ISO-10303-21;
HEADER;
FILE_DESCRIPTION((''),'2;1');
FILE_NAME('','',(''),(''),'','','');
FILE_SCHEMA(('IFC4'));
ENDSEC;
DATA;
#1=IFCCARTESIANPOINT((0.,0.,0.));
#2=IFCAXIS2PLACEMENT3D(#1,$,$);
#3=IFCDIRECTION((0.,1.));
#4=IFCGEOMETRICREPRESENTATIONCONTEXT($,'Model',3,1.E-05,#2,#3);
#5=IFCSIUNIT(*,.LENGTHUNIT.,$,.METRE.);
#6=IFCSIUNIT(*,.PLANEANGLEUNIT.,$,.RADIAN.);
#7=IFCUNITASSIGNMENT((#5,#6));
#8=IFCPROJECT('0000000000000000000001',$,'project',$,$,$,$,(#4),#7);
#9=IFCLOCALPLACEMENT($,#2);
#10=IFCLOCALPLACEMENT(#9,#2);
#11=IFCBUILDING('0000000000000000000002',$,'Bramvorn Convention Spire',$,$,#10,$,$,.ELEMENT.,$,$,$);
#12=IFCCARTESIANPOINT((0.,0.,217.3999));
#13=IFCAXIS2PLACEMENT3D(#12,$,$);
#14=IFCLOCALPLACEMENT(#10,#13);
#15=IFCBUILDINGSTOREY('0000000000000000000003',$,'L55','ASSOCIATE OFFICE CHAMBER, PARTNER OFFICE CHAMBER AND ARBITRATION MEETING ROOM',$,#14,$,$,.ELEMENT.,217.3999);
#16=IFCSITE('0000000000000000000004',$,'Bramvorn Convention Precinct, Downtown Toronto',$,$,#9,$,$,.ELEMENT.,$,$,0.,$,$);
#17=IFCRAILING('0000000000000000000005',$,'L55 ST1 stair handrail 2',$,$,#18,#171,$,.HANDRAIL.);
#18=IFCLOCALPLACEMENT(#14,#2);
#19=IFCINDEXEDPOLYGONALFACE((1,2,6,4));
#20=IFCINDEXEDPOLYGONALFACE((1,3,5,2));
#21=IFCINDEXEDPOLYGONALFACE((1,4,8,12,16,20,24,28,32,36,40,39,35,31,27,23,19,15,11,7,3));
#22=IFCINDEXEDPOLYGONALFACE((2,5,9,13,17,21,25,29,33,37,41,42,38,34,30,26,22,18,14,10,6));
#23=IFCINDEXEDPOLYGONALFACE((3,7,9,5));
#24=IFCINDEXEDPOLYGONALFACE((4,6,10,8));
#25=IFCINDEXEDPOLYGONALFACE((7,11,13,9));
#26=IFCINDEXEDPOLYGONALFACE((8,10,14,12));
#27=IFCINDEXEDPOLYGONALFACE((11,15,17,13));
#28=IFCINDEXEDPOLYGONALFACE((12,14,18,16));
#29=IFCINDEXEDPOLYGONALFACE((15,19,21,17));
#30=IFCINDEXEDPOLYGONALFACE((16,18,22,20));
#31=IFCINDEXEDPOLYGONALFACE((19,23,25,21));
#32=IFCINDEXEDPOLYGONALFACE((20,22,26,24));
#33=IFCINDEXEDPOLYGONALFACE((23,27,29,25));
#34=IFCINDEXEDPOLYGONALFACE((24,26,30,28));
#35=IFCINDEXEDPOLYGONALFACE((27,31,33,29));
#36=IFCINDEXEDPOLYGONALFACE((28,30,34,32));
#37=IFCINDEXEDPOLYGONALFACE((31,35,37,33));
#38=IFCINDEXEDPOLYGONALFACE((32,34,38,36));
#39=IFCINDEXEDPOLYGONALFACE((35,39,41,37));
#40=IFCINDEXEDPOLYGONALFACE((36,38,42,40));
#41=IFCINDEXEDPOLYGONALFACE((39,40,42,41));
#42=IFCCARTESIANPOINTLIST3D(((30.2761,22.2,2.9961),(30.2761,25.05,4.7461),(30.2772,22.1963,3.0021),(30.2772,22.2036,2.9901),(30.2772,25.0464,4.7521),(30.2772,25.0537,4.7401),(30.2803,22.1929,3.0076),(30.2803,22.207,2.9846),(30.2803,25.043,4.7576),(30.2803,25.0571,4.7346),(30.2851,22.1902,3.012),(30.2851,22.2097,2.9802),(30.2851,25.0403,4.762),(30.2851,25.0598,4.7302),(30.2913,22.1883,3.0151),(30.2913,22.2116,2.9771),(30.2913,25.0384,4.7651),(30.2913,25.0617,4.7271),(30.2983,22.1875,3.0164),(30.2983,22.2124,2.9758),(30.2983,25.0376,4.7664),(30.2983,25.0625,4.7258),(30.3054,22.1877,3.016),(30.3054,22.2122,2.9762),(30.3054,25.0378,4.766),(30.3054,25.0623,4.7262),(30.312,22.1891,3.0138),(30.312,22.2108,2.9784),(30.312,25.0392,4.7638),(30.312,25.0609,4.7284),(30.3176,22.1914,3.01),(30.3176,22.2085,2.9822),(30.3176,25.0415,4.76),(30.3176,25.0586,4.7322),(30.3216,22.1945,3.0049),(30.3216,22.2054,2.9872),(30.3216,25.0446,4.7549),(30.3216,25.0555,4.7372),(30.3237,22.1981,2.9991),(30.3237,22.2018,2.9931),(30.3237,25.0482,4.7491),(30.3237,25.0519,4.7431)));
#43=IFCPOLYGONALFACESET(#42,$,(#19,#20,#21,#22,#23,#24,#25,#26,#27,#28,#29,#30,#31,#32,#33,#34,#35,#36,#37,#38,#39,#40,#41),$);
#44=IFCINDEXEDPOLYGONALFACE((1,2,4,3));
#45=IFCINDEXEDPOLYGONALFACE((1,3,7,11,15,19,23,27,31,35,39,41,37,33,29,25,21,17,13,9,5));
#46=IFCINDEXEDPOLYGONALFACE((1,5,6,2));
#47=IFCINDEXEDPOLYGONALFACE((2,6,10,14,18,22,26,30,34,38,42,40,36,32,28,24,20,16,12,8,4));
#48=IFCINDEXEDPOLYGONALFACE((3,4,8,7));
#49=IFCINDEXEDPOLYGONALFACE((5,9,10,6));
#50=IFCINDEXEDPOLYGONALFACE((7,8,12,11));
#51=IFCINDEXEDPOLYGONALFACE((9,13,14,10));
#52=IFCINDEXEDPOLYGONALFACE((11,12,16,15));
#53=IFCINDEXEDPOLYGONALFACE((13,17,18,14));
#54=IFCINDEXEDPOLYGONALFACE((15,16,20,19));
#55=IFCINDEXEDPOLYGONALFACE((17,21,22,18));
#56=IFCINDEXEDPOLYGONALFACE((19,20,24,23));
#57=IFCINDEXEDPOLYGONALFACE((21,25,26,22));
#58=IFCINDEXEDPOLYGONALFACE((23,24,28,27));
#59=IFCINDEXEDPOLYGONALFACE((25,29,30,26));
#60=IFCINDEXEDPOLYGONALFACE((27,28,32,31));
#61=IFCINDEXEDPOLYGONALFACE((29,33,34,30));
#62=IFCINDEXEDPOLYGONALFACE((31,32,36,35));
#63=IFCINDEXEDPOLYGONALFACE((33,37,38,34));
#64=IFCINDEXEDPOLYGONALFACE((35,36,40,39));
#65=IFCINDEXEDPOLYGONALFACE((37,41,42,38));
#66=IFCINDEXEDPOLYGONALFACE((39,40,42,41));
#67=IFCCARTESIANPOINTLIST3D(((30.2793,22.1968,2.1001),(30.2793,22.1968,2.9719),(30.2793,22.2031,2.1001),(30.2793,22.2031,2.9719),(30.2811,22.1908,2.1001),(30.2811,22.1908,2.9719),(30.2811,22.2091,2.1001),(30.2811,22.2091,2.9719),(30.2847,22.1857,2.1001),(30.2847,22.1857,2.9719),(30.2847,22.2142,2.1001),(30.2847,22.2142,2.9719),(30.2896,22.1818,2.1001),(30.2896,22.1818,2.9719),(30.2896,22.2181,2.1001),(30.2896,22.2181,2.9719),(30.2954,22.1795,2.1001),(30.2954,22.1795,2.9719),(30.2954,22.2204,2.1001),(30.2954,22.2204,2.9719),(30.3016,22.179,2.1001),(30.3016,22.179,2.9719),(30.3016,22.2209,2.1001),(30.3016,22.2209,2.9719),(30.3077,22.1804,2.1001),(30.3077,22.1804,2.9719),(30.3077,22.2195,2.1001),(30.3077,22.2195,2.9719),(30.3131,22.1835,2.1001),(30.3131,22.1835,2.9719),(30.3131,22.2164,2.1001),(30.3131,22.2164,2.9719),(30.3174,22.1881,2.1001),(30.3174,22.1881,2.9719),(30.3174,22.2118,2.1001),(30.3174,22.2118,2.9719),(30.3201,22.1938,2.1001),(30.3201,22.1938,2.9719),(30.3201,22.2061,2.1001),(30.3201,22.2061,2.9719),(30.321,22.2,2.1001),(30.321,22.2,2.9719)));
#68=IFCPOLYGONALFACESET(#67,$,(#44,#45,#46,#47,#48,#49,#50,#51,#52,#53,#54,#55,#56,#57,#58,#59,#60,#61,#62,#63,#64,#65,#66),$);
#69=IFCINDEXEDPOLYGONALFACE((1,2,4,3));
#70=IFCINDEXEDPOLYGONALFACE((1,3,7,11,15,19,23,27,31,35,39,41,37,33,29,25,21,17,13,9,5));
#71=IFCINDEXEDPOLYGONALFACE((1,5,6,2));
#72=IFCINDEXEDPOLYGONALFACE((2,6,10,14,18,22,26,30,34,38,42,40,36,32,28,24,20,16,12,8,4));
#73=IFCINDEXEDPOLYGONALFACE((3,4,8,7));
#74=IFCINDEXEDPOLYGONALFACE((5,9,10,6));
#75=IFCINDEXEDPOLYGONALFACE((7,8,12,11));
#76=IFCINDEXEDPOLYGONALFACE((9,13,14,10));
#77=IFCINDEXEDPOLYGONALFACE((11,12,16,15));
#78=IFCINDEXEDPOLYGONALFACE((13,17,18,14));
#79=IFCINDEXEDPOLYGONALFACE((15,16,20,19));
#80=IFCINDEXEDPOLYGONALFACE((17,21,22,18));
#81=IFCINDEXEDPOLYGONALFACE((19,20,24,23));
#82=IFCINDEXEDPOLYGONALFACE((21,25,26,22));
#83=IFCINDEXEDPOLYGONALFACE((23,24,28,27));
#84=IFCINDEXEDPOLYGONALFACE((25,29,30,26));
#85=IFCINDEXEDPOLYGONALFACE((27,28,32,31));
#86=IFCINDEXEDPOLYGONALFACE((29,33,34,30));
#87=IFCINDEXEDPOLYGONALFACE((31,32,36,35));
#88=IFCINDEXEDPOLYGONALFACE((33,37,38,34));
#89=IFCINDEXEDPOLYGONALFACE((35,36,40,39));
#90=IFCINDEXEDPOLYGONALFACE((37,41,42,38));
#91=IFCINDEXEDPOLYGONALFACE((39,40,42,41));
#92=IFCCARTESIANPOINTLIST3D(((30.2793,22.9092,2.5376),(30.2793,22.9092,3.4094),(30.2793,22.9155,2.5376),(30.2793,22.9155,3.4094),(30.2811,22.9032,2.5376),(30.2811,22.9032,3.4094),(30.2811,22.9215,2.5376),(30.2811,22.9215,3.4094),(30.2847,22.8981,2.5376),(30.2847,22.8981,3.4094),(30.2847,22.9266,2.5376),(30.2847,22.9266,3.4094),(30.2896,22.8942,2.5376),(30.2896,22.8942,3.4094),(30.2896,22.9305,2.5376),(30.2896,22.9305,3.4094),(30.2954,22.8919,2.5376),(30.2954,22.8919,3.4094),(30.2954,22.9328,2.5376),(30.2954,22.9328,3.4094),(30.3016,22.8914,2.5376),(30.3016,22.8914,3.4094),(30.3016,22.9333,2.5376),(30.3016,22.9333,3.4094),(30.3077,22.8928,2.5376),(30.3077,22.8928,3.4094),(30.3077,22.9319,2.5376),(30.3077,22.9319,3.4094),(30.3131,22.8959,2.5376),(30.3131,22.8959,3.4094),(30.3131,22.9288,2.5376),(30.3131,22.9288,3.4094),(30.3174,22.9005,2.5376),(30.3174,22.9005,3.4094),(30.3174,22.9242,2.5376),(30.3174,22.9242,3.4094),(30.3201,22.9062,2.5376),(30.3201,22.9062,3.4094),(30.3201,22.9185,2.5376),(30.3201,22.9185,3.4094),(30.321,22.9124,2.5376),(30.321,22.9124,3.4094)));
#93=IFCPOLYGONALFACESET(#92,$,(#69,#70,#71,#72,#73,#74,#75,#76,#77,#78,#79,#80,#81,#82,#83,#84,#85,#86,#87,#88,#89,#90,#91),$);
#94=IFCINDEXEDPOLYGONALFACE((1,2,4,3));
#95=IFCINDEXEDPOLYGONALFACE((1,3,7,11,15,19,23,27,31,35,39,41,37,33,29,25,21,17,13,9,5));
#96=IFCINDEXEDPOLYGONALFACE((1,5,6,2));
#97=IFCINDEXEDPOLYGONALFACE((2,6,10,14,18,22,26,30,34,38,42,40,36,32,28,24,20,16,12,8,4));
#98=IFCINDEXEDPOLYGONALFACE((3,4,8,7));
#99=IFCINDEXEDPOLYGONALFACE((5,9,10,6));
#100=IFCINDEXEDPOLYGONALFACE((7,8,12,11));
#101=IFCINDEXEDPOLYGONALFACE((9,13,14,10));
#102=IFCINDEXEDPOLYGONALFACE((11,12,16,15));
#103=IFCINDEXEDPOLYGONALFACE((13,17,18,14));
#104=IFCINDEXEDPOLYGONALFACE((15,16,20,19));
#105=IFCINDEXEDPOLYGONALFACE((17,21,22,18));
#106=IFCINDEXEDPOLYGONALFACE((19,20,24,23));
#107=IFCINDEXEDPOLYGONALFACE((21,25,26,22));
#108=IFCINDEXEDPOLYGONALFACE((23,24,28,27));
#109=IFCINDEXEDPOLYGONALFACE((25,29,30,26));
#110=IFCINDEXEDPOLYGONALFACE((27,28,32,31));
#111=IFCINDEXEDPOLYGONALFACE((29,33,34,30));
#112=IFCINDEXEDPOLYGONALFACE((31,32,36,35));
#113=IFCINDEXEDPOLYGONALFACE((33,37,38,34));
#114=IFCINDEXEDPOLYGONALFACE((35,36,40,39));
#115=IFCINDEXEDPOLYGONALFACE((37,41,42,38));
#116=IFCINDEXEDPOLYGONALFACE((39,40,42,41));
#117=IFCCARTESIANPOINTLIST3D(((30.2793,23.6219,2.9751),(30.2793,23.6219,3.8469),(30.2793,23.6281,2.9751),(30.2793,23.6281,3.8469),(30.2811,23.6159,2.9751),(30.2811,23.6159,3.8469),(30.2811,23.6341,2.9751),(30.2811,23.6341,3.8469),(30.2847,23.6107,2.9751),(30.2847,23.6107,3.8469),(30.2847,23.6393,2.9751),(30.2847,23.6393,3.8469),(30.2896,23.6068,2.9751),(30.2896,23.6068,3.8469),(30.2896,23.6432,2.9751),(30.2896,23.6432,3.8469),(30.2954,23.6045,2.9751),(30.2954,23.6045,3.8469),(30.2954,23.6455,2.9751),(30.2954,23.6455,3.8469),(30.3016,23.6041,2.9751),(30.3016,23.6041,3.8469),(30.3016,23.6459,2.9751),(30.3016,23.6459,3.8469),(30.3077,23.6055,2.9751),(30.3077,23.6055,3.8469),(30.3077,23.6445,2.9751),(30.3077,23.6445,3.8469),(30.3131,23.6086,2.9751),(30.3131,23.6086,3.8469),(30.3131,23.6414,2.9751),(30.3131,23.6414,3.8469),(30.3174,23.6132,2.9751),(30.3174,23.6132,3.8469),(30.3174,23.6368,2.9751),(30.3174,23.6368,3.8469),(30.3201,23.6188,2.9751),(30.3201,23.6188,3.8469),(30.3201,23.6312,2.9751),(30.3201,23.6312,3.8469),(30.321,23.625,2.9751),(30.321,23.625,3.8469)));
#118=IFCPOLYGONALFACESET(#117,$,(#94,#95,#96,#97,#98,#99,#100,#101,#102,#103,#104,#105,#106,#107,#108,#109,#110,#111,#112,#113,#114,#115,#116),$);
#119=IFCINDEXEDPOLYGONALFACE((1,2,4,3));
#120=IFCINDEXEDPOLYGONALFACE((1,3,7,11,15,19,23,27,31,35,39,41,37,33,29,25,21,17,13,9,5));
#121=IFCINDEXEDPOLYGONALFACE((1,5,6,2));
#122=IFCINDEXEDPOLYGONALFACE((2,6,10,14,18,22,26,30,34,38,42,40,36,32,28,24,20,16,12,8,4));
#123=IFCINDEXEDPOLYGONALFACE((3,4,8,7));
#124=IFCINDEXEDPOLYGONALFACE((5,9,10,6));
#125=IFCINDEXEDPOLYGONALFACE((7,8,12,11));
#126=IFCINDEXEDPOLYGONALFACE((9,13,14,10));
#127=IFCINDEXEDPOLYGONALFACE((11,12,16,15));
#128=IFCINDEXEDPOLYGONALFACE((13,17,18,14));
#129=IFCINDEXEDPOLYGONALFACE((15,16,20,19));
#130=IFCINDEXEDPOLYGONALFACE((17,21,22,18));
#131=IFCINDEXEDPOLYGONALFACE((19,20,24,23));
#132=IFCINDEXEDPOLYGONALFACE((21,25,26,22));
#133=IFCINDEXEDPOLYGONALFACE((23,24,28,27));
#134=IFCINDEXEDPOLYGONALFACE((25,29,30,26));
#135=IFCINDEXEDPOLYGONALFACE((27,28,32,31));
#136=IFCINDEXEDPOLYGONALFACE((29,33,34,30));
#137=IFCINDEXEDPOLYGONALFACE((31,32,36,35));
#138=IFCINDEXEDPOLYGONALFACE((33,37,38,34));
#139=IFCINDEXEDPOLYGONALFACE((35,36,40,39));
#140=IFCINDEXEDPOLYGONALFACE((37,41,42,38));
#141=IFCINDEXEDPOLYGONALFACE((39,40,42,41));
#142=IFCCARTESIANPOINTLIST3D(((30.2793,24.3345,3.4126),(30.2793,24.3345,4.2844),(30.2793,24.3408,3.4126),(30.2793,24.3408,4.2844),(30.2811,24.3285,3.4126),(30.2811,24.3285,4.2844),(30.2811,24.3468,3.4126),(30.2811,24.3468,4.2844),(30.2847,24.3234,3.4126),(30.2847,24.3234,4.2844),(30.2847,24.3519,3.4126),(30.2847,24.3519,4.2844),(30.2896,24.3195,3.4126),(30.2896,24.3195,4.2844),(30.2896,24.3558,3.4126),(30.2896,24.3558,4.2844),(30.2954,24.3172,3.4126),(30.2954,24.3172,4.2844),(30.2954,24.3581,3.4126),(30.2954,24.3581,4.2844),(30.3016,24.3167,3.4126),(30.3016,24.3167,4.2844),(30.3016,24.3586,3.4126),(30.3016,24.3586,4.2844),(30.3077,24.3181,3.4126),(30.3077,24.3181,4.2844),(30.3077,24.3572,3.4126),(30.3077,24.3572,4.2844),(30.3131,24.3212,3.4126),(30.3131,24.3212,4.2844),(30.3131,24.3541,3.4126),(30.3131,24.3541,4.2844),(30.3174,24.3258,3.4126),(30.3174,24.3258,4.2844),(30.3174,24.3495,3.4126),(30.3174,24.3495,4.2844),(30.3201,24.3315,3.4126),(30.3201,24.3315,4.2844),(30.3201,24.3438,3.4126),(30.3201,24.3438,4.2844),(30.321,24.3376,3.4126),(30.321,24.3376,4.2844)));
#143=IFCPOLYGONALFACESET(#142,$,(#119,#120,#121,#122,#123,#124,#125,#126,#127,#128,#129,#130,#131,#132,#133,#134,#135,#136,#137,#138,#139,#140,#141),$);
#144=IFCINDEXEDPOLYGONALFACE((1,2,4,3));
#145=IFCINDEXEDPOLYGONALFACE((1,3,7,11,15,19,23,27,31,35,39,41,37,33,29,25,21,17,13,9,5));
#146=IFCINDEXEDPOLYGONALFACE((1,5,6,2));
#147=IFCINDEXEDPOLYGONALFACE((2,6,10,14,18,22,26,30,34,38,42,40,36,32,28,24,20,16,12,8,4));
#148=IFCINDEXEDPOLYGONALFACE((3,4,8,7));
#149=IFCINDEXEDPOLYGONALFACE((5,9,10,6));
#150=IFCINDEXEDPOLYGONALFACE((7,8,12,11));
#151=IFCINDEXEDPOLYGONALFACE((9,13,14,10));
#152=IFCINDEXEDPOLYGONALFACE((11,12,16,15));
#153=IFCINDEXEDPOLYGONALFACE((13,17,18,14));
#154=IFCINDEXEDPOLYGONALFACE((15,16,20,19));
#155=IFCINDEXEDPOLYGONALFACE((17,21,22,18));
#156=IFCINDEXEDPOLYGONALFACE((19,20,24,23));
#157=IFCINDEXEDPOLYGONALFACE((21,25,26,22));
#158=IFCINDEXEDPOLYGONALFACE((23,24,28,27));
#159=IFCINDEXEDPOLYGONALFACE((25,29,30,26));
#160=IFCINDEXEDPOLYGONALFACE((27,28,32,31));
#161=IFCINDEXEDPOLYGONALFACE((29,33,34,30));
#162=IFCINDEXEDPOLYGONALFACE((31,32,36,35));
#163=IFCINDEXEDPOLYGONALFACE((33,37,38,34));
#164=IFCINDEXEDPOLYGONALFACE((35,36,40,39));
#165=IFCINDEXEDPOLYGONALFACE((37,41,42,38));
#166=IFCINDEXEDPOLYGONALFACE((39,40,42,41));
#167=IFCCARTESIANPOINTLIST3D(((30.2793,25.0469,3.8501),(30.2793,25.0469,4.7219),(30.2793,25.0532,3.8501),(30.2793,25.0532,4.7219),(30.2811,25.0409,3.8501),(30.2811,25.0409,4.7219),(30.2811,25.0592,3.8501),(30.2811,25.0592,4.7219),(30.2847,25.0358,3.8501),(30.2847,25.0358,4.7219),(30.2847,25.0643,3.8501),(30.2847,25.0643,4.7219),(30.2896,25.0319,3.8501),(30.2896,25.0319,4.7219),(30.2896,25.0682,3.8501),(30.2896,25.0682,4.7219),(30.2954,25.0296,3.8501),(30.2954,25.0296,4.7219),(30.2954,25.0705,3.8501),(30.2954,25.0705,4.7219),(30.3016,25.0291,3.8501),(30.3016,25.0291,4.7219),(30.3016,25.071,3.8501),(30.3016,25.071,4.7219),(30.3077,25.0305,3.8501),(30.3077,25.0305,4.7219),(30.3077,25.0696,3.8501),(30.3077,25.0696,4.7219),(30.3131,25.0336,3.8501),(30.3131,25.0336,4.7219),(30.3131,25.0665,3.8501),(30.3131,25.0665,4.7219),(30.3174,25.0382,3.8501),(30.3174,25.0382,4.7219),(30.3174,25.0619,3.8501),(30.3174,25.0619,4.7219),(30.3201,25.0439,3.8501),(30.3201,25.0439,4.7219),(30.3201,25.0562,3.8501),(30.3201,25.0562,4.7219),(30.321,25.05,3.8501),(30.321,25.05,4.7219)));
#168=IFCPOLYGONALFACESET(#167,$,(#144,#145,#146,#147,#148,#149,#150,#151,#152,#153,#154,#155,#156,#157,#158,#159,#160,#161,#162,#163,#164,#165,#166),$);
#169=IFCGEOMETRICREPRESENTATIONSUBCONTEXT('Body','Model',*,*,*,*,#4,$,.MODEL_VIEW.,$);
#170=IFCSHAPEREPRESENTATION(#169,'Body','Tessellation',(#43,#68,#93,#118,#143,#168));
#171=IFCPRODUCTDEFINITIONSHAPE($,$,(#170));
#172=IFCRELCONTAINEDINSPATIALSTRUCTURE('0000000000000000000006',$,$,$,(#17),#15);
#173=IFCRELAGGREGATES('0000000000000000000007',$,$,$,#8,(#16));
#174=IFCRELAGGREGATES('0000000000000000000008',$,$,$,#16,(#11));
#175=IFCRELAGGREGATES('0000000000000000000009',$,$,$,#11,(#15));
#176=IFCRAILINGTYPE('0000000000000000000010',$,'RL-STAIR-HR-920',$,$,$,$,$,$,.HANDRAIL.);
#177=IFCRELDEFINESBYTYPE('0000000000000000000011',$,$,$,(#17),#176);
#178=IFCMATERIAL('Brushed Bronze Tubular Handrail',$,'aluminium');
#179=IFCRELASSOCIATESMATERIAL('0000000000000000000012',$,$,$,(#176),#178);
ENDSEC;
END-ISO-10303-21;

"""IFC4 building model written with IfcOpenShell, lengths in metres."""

from ifc_helpers import new_model, si_unit, direction, frame, origin, origin_2d, place, context, subcontext, project, spatial, circle, extrude, material, type_object, element, save


model = new_model("IFC4")

# Units and contexts
model_context = context("Model", 3, precision=1e-05, world=origin(), true_north=direction((0.0, 1.0)))
body_context = subcontext(model_context, "Body", "Model", "MODEL_VIEW")
ifc_project = project(units=[si_unit("LENGTHUNIT", "METRE"), si_unit("PLANEANGLEUNIT", "RADIAN")], contexts=[model_context])

# Site, building, storey
site_placement = place(None, origin())
site = spatial("IfcSite", under=ifc_project, at=site_placement, Name="Bramvorn Convention Precinct, Downtown Toronto", CompositionType="ELEMENT", RefElevation=0.0)
building_placement = place(site_placement, origin())
building = spatial("IfcBuilding", under=site, at=building_placement, Name="Bramvorn Convention Spire", CompositionType="ELEMENT")
storey_placement = place(building_placement, frame((0.0, 0.0, 217.3999)))
storey = spatial("IfcBuildingStorey", under=building, at=storey_placement, Name="L55", Description="ASSOCIATE OFFICE CHAMBER, PARTNER OFFICE CHAMBER AND ARBITRATION MEETING ROOM", CompositionType="ELEMENT", Elevation=217.3999)

# Railing
ifc_material_1 = material(Name="Brushed Bronze Tubular Handrail", Category="aluminium")
railing_type_1 = type_object("IfcRailingType", Name="RL-STAIR-HR-920", PredefinedType="HANDRAIL", material=ifc_material_1)
railing_1_placement = place(storey_placement, frame((30.3, 22.2, 2.1001)))
element("IfcRailing", 1, at=railing_1_placement, inside=storey, type_object=railing_type_1, Name="L55 ST1 stair handrail 2", PredefinedType="HANDRAIL", context=body_context, shape_type="SweptSolid", body=[
    extrude(circle(Radius=0.0239, at=origin_2d()), frame((0.0, 0.0, 0.896), z_axis=(0.0, 0.852179, 0.52325), x_axis=(-1.0, 0.0, 0.0)), (0.0, 0.0, 1.0), 3.3445),
    extrude(circle(Radius=0.021, at=origin_2d()), origin(), (0.0, 0.0, 1.0), 0.8718),
    extrude(circle(Radius=0.021, at=origin_2d()), frame((0.0, 0.7124, 0.4375)), (0.0, 0.0, 1.0), 0.8718),
    extrude(circle(Radius=0.021, at=origin_2d()), frame((0.0, 1.425, 0.875)), (0.0, 0.0, 1.0), 0.8718),
    extrude(circle(Radius=0.021, at=origin_2d()), frame((0.0, 2.1377, 1.3125)), (0.0, 0.0, 1.0), 0.8718),
    extrude(circle(Radius=0.021, at=origin_2d()), frame((0.0, 2.8501, 1.75)), (0.0, 0.0, 1.0), 0.8718),
])

save(model, "model.ifc")
